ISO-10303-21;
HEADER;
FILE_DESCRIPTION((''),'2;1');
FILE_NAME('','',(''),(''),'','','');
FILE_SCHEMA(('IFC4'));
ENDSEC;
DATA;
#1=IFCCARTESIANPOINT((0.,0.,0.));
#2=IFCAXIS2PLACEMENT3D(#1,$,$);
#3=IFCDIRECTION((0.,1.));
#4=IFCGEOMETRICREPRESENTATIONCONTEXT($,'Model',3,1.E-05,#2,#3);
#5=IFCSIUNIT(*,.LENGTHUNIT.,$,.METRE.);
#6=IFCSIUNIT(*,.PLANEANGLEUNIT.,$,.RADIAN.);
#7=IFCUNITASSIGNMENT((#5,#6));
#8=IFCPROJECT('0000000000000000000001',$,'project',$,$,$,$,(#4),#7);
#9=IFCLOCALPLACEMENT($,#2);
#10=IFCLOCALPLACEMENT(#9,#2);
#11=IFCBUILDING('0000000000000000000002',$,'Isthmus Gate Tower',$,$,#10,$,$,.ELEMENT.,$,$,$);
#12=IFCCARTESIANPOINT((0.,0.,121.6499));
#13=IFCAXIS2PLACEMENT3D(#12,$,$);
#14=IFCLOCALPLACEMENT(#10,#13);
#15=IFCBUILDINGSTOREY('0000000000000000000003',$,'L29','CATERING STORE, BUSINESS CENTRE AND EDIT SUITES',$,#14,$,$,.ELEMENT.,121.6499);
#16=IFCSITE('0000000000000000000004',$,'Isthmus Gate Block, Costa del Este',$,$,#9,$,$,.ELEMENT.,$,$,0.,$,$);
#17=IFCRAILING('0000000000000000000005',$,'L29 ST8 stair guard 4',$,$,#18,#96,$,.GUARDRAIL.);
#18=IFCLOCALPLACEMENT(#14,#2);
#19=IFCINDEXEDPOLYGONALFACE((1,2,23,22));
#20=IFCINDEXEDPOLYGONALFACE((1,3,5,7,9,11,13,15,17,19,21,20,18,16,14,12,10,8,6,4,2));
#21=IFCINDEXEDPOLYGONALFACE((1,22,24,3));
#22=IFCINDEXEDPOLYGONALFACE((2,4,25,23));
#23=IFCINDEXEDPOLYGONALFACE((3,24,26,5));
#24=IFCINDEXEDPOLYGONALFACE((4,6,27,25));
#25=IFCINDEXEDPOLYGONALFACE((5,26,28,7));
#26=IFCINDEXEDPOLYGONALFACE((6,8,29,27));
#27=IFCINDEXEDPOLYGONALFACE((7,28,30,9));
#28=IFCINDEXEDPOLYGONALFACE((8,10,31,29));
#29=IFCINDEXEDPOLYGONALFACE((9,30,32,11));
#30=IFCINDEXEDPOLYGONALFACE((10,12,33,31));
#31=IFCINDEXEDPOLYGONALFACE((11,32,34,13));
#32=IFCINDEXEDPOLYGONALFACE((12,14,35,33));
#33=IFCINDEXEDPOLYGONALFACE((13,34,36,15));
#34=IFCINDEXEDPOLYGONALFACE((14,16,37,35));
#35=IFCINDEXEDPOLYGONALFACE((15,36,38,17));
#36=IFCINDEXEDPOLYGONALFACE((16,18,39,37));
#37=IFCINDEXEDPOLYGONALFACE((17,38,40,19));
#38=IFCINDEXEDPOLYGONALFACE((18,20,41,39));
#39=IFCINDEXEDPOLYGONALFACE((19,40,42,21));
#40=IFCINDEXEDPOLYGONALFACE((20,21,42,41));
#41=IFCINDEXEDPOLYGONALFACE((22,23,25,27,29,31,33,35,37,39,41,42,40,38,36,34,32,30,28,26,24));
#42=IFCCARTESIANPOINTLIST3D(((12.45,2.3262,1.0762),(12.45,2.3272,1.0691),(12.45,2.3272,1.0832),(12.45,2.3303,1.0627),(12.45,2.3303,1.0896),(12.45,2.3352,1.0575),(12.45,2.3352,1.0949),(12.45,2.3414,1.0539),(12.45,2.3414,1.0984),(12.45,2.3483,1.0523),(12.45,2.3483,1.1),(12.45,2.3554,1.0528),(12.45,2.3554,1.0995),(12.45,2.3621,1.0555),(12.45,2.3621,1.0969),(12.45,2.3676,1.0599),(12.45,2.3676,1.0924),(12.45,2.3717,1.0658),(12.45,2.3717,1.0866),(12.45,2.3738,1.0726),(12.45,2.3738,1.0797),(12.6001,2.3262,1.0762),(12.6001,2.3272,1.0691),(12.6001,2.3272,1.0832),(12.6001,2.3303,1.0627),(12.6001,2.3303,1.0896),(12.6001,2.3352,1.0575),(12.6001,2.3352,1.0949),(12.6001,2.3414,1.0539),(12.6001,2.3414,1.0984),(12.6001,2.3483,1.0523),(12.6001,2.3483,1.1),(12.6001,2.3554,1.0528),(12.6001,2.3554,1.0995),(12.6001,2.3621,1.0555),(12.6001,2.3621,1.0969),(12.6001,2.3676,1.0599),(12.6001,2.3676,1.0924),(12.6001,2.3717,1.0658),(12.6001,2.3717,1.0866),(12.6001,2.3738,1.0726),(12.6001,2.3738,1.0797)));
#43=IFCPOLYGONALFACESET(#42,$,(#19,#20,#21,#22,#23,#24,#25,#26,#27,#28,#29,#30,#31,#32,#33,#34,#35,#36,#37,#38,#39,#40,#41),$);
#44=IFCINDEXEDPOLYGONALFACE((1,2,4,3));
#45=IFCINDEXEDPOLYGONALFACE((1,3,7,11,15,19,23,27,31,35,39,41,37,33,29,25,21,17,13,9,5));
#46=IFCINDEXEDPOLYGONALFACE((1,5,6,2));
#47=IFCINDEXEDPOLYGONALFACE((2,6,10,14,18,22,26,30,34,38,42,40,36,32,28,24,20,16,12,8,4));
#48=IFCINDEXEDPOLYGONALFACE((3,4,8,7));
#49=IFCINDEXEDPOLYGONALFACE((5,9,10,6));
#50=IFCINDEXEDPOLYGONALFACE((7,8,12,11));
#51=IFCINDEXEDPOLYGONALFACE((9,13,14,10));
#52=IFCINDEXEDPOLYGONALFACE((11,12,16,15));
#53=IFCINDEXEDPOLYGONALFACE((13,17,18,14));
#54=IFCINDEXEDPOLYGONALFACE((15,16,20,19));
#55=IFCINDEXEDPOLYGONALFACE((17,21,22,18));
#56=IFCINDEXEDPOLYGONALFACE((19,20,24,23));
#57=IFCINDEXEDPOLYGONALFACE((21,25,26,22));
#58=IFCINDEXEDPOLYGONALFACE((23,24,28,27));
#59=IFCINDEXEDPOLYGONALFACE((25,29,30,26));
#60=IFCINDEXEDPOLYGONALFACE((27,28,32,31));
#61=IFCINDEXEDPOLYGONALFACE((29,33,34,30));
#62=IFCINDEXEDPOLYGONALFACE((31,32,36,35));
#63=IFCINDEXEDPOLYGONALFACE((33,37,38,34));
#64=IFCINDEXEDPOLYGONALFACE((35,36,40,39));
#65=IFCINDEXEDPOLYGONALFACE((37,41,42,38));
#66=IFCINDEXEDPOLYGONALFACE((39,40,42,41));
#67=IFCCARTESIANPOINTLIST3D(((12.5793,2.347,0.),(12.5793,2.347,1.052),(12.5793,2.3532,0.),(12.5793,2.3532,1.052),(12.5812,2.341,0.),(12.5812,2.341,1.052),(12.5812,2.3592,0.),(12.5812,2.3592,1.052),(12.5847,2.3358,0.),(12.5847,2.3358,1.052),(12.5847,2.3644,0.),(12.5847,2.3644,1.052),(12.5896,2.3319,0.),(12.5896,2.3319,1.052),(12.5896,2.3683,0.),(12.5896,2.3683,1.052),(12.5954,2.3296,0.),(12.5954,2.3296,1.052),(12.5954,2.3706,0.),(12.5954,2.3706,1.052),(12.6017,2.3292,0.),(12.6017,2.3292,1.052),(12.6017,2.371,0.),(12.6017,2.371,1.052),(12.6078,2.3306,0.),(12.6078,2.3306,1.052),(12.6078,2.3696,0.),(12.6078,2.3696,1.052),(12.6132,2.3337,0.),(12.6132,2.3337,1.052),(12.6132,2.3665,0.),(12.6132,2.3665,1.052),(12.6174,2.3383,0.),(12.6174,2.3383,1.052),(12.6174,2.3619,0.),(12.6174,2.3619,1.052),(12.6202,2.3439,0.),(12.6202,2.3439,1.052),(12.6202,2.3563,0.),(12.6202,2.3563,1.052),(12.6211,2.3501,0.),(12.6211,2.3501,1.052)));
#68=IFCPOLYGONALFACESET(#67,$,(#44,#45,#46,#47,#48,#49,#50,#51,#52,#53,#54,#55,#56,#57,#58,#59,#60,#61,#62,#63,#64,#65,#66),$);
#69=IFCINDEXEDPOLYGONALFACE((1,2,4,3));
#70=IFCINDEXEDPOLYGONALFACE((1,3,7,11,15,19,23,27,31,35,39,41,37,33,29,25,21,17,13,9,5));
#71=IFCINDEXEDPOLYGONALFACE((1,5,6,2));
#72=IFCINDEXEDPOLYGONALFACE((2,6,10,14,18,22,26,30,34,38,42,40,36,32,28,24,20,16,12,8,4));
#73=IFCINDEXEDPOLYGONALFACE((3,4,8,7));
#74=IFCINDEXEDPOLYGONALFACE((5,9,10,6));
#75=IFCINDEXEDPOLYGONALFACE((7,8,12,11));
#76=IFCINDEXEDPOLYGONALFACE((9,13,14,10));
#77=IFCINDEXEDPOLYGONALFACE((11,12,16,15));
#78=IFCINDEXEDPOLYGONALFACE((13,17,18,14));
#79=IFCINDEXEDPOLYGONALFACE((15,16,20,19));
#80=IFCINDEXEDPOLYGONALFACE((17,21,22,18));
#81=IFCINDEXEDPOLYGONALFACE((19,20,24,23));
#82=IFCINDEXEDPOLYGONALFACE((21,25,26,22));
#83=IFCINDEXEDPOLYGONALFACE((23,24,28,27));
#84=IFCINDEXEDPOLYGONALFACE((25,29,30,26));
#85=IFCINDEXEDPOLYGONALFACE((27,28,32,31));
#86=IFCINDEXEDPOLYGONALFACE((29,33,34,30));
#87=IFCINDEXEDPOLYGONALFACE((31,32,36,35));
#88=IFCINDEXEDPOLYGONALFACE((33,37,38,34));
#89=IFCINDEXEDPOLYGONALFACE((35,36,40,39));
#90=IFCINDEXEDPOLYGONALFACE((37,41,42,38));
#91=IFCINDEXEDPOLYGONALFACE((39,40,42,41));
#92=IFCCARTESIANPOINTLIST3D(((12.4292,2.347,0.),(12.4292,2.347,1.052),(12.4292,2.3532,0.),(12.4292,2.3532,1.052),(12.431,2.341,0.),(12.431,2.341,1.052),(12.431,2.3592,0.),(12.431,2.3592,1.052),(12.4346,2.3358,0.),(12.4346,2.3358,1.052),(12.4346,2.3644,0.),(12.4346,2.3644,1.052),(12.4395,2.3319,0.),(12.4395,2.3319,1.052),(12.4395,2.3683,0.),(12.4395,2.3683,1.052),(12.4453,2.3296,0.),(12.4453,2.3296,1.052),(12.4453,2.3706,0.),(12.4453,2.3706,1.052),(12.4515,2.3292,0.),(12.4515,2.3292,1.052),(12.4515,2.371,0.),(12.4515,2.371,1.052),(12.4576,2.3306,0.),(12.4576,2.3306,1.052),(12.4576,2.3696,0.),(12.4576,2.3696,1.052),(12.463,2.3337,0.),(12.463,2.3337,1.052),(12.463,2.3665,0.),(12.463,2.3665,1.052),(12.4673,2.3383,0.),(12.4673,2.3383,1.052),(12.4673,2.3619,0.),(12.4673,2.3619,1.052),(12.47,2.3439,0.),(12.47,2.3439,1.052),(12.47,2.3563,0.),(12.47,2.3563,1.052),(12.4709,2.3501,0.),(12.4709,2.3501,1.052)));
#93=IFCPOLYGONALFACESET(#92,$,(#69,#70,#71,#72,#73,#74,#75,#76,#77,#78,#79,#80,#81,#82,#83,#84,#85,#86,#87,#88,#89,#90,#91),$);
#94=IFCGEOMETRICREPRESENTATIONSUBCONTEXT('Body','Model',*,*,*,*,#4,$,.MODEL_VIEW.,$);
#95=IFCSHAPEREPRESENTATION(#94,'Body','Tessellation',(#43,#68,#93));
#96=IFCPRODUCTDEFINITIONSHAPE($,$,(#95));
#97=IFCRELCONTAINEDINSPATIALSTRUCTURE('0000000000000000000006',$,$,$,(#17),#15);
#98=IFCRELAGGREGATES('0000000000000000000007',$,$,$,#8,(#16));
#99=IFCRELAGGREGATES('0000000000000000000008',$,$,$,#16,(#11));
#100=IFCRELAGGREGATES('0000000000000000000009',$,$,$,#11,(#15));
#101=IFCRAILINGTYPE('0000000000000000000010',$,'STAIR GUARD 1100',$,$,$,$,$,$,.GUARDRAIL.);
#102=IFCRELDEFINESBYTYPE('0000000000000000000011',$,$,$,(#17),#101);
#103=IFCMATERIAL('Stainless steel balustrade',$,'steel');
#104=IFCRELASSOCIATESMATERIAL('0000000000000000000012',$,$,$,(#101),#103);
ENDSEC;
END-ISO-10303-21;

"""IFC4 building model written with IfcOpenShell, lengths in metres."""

from ifc_helpers import new_model, si_unit, direction, frame, origin, origin_2d, place, context, subcontext, project, spatial, circle, extrude, material, type_object, element, save


model = new_model("IFC4")

# Units and contexts
model_context = context("Model", 3, precision=1e-05, world=origin(), true_north=direction((0.0, 1.0)))
body_context = subcontext(model_context, "Body", "Model", "MODEL_VIEW")
ifc_project = project(units=[si_unit("LENGTHUNIT", "METRE"), si_unit("PLANEANGLEUNIT", "RADIAN")], contexts=[model_context])

# Site, building, storey
site_placement = place(None, origin())
site = spatial("IfcSite", under=ifc_project, at=site_placement, Name="Isthmus Gate Block, Costa del Este", CompositionType="ELEMENT", RefElevation=0.0)
building_placement = place(site_placement, origin())
building = spatial("IfcBuilding", under=site, at=building_placement, Name="Isthmus Gate Tower", CompositionType="ELEMENT")
storey_placement = place(building_placement, frame((0.0, 0.0, 121.6499)))
storey = spatial("IfcBuildingStorey", under=building, at=storey_placement, Name="L29", Description="CATERING STORE, BUSINESS CENTRE AND EDIT SUITES", CompositionType="ELEMENT", Elevation=121.6499)

# Railing
ifc_material_1 = material(Name="Stainless steel balustrade", Category="steel")
railing_type_1 = type_object("IfcRailingType", Name="STAIR GUARD 1100", PredefinedType="GUARDRAIL", material=ifc_material_1)
railing_1_placement = place(storey_placement, frame((12.6001, 2.3501, 0.0)))
element("IfcRailing", 1, at=railing_1_placement, inside=storey, type_object=railing_type_1, Name="L29 ST8 stair guard 4", PredefinedType="GUARDRAIL", context=body_context, shape_type="SweptSolid", body=[
    extrude(circle(Radius=0.0239, at=origin_2d()), frame((0.0, 0.0, 1.0762), z_axis=(-1.0, 0.0, 0.0), x_axis=(0.0, -1.0, 0.0)), (0.0, 0.0, 1.0), 0.1501),
    extrude(circle(Radius=0.021, at=origin_2d()), origin(), (0.0, 0.0, 1.0), 1.052),
    extrude(circle(Radius=0.021, at=origin_2d()), frame((-0.1501, 0.0, 0.0)), (0.0, 0.0, 1.0), 1.052),
])

save(model, "model.ifc")
